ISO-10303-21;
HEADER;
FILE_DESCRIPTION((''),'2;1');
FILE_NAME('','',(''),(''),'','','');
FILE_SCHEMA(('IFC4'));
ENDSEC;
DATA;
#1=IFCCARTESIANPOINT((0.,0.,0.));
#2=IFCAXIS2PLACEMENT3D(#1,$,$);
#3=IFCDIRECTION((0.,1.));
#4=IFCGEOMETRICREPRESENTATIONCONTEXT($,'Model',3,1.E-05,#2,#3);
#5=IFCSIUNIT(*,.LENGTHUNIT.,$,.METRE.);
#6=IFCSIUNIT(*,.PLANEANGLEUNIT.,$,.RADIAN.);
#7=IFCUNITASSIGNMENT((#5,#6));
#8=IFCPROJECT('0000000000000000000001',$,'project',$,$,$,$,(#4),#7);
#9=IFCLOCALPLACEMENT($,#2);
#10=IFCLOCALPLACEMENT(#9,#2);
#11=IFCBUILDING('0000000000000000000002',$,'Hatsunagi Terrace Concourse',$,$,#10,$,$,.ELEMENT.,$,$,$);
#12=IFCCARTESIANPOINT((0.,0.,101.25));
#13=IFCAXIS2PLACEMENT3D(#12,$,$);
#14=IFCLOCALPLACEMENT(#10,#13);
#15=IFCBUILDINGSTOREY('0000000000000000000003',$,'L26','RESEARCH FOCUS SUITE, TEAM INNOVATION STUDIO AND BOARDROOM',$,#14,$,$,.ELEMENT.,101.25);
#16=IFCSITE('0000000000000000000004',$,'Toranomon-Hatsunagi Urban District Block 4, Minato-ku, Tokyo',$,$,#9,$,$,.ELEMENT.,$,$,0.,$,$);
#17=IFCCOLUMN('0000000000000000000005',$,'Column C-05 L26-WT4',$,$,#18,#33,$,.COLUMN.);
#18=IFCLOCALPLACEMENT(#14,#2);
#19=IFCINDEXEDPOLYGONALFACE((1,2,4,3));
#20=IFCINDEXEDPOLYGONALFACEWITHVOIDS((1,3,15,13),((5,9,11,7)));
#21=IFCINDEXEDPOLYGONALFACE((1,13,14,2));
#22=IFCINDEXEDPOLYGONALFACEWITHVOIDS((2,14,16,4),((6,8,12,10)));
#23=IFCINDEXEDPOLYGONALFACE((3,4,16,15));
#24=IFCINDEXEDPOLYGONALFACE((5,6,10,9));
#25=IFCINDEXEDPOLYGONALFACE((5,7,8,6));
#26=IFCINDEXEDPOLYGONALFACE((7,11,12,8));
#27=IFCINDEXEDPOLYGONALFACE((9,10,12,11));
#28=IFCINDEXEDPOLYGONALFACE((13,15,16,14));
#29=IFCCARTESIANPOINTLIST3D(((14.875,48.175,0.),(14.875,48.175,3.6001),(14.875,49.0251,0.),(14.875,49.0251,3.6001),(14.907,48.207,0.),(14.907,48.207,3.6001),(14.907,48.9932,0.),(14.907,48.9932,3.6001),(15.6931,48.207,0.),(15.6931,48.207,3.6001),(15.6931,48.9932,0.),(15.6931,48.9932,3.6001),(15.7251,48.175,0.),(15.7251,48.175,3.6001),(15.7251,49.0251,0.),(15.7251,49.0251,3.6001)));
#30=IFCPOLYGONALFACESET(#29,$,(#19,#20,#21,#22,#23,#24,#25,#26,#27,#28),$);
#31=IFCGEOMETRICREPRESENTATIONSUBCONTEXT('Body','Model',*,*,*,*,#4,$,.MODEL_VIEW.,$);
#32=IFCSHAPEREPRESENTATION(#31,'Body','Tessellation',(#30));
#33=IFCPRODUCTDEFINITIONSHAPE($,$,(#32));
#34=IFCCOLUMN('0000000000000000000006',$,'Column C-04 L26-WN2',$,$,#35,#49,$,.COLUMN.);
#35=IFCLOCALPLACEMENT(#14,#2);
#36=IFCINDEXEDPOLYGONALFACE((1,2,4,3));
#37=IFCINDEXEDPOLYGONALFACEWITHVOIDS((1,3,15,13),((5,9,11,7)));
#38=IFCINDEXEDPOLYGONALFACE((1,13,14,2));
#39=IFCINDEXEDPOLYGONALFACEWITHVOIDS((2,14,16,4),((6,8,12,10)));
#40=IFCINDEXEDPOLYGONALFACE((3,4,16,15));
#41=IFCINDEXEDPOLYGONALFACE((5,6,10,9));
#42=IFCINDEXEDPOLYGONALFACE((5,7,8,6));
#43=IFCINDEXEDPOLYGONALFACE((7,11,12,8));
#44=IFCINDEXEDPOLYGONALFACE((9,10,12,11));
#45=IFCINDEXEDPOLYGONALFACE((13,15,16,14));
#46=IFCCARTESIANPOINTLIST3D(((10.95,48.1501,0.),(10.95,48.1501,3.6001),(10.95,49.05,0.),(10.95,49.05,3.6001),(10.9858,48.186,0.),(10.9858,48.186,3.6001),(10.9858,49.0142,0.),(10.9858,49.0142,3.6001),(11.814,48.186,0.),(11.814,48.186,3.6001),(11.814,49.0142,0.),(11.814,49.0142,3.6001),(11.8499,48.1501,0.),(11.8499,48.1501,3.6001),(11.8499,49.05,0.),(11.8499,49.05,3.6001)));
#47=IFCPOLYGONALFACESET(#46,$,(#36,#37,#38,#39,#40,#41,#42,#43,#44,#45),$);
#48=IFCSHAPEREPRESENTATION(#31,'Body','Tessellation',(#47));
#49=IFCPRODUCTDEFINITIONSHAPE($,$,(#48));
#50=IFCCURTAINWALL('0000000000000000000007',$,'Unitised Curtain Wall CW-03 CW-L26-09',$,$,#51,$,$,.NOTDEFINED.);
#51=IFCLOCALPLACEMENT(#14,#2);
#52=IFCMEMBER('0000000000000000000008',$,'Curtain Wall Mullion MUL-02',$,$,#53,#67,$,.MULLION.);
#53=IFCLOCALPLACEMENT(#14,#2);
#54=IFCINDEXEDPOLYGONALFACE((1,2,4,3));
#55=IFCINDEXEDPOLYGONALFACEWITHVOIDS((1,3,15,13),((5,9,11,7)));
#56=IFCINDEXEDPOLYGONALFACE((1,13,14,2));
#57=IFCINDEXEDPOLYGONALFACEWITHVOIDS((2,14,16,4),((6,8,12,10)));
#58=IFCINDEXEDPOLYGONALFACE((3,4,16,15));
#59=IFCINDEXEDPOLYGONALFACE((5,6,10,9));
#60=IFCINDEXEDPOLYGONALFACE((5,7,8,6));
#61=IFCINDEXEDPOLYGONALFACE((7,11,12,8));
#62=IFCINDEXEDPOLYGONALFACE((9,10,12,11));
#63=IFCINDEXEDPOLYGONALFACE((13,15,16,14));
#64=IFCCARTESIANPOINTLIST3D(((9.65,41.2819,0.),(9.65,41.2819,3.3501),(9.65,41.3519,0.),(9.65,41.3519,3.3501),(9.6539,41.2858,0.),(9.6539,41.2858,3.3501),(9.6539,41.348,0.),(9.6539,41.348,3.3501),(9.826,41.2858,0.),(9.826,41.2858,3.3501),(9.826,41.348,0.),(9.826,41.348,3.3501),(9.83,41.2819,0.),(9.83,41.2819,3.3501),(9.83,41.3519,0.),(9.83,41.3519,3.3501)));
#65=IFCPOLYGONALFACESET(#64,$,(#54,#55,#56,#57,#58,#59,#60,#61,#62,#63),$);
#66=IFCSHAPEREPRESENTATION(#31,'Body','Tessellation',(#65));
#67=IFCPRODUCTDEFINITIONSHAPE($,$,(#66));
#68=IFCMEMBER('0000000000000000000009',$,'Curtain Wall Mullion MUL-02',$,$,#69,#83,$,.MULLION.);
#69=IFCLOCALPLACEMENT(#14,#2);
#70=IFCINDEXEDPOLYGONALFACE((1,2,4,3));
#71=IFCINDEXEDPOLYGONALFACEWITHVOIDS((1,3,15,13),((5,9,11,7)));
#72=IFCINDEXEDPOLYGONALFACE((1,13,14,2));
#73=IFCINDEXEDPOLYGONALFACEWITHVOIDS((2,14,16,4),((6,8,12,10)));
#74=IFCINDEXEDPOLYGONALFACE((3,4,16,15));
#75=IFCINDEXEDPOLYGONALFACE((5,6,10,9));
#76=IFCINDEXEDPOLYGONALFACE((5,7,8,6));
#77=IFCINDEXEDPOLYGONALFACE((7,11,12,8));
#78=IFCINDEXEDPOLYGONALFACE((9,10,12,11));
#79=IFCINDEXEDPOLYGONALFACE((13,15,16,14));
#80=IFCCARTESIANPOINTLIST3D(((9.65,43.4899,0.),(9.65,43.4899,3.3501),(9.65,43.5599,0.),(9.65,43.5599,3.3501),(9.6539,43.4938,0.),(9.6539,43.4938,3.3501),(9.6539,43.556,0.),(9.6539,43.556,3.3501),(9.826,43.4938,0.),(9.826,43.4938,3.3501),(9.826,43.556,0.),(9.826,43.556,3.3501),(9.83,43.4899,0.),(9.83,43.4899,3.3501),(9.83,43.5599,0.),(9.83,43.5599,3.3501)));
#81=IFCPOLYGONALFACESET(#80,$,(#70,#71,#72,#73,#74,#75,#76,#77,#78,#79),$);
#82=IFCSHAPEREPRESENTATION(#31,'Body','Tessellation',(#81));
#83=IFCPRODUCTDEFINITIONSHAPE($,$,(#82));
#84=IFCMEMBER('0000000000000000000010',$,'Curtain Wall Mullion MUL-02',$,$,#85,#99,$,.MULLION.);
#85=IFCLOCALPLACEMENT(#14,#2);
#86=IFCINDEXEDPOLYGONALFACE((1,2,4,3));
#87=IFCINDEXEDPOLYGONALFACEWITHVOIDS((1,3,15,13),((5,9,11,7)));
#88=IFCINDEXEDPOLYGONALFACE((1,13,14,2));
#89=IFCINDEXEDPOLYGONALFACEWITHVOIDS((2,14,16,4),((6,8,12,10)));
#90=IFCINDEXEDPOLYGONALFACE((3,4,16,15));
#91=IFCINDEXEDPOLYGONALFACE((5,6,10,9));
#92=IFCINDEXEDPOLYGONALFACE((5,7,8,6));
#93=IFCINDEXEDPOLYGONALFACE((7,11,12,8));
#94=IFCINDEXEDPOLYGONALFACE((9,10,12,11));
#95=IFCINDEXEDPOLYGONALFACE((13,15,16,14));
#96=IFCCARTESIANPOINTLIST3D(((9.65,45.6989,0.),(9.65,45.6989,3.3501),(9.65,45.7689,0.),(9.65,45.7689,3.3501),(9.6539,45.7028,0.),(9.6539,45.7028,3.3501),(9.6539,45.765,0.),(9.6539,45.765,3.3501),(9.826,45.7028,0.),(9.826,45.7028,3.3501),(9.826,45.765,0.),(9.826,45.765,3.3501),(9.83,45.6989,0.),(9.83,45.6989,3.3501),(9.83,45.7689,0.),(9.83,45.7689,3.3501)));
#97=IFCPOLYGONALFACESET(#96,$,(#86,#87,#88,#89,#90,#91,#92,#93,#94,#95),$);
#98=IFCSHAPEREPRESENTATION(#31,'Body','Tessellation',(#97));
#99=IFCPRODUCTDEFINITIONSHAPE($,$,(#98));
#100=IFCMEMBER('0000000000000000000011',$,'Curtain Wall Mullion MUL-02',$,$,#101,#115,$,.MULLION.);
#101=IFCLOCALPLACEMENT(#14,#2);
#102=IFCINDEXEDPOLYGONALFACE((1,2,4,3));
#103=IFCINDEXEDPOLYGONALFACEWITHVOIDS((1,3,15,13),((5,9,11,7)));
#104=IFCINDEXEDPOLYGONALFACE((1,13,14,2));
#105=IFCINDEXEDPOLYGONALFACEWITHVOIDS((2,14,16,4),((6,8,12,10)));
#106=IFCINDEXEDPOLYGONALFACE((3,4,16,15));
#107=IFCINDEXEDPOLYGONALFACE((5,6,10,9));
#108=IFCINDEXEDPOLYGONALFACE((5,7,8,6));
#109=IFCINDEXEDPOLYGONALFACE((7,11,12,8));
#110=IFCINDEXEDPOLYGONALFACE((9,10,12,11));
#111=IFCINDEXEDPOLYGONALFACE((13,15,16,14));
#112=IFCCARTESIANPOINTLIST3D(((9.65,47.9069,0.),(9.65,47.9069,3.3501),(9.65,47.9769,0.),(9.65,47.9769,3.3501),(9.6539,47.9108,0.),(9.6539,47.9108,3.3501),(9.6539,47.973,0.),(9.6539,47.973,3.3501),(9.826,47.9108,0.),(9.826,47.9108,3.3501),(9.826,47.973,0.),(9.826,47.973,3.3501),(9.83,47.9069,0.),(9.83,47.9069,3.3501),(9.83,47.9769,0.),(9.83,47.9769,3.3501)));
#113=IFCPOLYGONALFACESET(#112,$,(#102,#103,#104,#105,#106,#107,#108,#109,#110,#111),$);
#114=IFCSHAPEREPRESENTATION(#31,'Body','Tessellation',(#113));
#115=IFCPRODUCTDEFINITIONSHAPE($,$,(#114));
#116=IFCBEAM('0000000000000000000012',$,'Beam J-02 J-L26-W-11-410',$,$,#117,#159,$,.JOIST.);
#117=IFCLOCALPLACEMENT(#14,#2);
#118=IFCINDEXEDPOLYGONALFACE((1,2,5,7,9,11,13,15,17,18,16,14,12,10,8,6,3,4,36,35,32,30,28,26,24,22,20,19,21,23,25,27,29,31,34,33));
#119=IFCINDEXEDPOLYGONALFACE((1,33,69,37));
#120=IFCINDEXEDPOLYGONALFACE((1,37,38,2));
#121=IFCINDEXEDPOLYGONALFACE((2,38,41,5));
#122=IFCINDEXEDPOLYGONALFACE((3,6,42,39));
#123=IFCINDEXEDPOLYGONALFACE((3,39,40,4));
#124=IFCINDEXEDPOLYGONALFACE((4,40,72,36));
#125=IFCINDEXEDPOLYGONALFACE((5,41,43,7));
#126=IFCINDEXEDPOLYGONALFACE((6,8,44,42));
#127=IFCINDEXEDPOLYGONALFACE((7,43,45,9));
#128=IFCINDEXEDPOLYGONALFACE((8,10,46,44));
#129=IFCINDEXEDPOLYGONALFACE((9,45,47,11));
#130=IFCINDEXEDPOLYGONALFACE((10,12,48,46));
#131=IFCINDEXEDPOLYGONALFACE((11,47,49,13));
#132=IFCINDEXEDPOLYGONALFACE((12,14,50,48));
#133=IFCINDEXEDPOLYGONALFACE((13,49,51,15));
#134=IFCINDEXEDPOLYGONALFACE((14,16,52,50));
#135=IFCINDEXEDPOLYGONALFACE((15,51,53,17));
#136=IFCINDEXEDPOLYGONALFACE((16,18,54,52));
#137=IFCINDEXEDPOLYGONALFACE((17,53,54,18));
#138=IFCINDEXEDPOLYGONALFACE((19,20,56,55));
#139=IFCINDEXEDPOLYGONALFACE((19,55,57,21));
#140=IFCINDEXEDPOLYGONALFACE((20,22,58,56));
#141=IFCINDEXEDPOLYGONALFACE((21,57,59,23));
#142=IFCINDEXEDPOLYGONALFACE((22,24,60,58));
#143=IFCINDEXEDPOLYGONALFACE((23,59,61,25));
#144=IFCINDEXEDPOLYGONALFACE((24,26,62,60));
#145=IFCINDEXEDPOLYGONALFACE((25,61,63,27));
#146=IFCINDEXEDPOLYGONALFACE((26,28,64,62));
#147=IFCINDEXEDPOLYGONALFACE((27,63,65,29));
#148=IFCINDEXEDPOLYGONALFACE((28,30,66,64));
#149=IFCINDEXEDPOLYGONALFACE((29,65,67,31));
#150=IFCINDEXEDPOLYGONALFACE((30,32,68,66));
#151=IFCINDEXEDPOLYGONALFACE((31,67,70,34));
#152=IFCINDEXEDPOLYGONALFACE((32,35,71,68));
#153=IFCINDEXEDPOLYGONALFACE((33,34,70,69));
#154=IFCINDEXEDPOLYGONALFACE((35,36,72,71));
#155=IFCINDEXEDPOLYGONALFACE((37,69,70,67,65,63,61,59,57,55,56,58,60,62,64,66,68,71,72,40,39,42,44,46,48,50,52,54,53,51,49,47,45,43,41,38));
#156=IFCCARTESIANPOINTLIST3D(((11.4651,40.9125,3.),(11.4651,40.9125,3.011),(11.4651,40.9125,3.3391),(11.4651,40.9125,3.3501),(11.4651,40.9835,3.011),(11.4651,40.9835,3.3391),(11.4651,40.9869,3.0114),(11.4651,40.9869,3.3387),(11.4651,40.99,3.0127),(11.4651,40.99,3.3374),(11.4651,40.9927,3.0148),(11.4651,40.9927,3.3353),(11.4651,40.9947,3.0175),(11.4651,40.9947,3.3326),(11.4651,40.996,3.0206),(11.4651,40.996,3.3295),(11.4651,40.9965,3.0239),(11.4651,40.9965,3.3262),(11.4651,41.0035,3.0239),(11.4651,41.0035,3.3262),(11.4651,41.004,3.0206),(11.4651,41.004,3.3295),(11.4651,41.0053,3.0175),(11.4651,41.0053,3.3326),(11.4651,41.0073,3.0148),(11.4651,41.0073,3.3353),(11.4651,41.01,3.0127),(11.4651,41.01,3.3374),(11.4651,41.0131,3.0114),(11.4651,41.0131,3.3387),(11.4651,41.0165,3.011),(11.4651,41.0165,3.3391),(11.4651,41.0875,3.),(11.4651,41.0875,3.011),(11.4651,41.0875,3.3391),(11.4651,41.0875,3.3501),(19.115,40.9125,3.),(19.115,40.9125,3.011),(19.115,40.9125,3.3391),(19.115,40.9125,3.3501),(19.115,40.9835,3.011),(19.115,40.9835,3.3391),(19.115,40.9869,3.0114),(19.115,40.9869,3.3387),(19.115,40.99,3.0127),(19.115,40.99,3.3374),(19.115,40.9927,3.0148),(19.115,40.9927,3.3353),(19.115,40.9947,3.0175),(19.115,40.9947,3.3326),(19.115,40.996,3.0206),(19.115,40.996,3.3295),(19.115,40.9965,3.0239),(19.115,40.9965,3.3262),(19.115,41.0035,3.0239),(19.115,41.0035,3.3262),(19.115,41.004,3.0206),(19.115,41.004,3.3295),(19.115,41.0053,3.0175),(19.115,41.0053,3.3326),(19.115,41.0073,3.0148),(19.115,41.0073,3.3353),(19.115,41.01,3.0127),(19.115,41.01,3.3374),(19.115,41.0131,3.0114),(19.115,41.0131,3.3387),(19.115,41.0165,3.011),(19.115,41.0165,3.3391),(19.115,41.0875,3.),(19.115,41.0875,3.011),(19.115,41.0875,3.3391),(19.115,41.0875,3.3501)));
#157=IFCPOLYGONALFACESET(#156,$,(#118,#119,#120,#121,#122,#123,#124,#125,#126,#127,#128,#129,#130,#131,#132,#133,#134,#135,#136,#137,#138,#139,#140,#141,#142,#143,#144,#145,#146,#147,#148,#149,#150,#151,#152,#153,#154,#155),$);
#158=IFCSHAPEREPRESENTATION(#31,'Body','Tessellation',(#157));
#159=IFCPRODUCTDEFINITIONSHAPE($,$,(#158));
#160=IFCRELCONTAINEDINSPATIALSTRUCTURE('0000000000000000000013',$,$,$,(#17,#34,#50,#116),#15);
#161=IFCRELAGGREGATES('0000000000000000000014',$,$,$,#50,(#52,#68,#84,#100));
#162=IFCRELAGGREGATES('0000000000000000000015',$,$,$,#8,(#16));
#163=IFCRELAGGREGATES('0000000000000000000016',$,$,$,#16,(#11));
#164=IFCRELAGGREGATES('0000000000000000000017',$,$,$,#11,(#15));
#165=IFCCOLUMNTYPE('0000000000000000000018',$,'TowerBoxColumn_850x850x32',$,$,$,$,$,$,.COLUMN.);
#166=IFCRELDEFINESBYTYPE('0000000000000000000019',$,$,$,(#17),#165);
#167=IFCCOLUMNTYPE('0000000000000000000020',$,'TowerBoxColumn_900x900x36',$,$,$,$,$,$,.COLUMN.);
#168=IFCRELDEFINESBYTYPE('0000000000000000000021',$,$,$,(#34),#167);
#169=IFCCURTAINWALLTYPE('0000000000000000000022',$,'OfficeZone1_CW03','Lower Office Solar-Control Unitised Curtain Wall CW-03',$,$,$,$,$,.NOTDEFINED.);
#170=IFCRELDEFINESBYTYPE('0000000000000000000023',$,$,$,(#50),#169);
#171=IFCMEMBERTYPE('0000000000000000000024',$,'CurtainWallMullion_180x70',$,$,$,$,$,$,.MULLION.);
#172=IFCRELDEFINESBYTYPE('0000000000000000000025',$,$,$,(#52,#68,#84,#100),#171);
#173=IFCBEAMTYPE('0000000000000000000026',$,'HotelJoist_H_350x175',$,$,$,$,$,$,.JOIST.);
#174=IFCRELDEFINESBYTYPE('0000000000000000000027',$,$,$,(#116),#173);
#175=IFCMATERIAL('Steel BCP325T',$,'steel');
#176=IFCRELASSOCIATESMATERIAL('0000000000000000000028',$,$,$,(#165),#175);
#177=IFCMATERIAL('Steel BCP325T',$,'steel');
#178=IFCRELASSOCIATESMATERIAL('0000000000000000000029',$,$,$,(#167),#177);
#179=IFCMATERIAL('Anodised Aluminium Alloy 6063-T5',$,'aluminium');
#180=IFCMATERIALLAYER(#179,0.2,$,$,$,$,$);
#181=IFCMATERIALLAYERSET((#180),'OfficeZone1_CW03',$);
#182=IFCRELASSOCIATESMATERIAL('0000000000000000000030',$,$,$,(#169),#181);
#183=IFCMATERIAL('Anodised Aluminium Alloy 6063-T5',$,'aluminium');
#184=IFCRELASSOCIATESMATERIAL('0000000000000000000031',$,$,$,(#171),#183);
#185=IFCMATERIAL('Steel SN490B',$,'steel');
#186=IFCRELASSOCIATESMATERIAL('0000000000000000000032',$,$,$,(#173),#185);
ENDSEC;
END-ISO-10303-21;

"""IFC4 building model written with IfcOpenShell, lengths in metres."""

from ifc_helpers import new_model, si_unit, direction, frame, origin, origin_2d, place, context, subcontext, project, spatial, hollow_rectangle, i_section, extrude, material, layer, layer_set, material_profile, profile_set, type_object, element, aggregate, save


model = new_model("IFC4")

# Units and contexts
model_context = context("Model", 3, precision=1e-05, world=origin(), true_north=direction((0.0, 1.0)))
body_context = subcontext(model_context, "Body", "Model", "MODEL_VIEW")
ifc_project = project(units=[si_unit("LENGTHUNIT", "METRE"), si_unit("PLANEANGLEUNIT", "RADIAN")], contexts=[model_context])

# Site, building, storey
site_placement = place(None, origin())
site = spatial("IfcSite", under=ifc_project, at=site_placement, Name="Toranomon-Hatsunagi Urban District Block 4, Minato-ku, Tokyo", CompositionType="ELEMENT", RefElevation=0.0)
building_placement = place(site_placement, origin())
building = spatial("IfcBuilding", under=site, at=building_placement, Name="Hatsunagi Terrace Concourse", CompositionType="ELEMENT")
storey_placement = place(building_placement, frame((0.0, 0.0, 101.25)))
storey = spatial("IfcBuildingStorey", under=building, at=storey_placement, Name="L26", Description="RESEARCH FOCUS SUITE, TEAM INNOVATION STUDIO AND BOARDROOM", CompositionType="ELEMENT", Elevation=101.25)

# Columns
ifc_material_1 = material(Name="Steel BCP325T", Category="steel")
ifc_material_profile_1 = material_profile(ifc_material_1, hollow_rectangle(XDim=0.8501, YDim=0.8501, WallThickness=0.032, at=origin_2d()), Name="BCP-850x850x32")
ifc_profile_set_1 = profile_set([ifc_material_profile_1], Name="Steel BCP325T")
column_type_1 = type_object("IfcColumnType", Name="TowerBoxColumn_850x850x32", PredefinedType="COLUMN", material=ifc_profile_set_1)
column_1_placement = place(storey_placement, frame((15.3, 48.6001, 0.0), z_axis=(0.0, 0.0, 1.0), x_axis=(1.0, 0.0, 0.0)))
element("IfcColumn", 1, at=column_1_placement, inside=storey, type_object=column_type_1, Name="Column C-05 L26-WT4", PredefinedType="COLUMN", context=body_context, shape_type="SweptSolid", body=[
    extrude(hollow_rectangle(XDim=0.8501, YDim=0.8501, WallThickness=0.032, at=origin_2d()), origin(), (0.0, 0.0, 1.0), 3.6001),
])
ifc_material_2 = material(Name="Steel BCP325T", Category="steel")
ifc_material_profile_2 = material_profile(ifc_material_2, hollow_rectangle(XDim=0.8999, YDim=0.8999, WallThickness=0.0359, at=origin_2d()), Name="BCP-900x900x36")
ifc_profile_set_2 = profile_set([ifc_material_profile_2], Name="Steel BCP325T")
column_type_2 = type_object("IfcColumnType", Name="TowerBoxColumn_900x900x36", PredefinedType="COLUMN", material=ifc_profile_set_2)
column_2_placement = place(storey_placement, frame((11.3999, 48.6001, 0.0), z_axis=(0.0, 0.0, 1.0), x_axis=(1.0, 0.0, 0.0)))
element("IfcColumn", 2, at=column_2_placement, inside=storey, type_object=column_type_2, Name="Column C-04 L26-WN2", PredefinedType="COLUMN", context=body_context, shape_type="SweptSolid", body=[
    extrude(hollow_rectangle(XDim=0.8999, YDim=0.8999, WallThickness=0.0359, at=origin_2d()), origin(), (0.0, 0.0, 1.0), 3.6001),
])

# Curtain wall, members
ifc_material_3 = material(Name="Anodised Aluminium Alloy 6063-T5", Category="aluminium")
ifc_layer_1 = layer(ifc_material_3, 0.2)
ifc_layer_set_1 = layer_set([ifc_layer_1], Name="OfficeZone1_CW03")
curtain_wall_type = type_object("IfcCurtainWallType", Name="OfficeZone1_CW03", Description="Lower Office Solar-Control Unitised Curtain Wall CW-03", PredefinedType="NOTDEFINED", material=ifc_layer_set_1)
curtain_wall_placement = place(storey_placement, origin())
curtain_wall = element("IfcCurtainWall", 3, at=curtain_wall_placement, inside=storey, type_object=curtain_wall_type, Name="Unitised Curtain Wall CW-03 CW-L26-09", PredefinedType="NOTDEFINED")
ifc_material_4 = material(Name="Anodised Aluminium Alloy 6063-T5", Category="aluminium")
ifc_material_profile_3 = material_profile(ifc_material_4, hollow_rectangle(XDim=0.0701, YDim=0.1799, WallThickness=0.0039, at=origin_2d()), Name="ALU-MUL-180x70x4")
ifc_profile_set_3 = profile_set([ifc_material_profile_3], Name="Anodised Aluminium Alloy 6063-T5")
member_type = type_object("IfcMemberType", Name="CurtainWallMullion_180x70", PredefinedType="MULLION", material=ifc_profile_set_3)
member_1_placement = place(storey_placement, frame((9.74, 41.3169, 0.0), z_axis=(0.0, 0.0, 1.0), x_axis=(0.0, 1.0, 0.0)))
member_1 = element("IfcMember", 4, at=member_1_placement, type_object=member_type, Name="Curtain Wall Mullion MUL-02", PredefinedType="MULLION", context=body_context, shape_type="SweptSolid", body=[
    extrude(hollow_rectangle(XDim=0.0701, YDim=0.1799, WallThickness=0.0039, at=origin_2d()), origin(), (0.0, 0.0, 1.0), 3.3501),
])
member_2_placement = place(storey_placement, frame((9.74, 43.5249, 0.0), z_axis=(0.0, 0.0, 1.0), x_axis=(0.0, 1.0, 0.0)))
member_2 = element("IfcMember", 5, at=member_2_placement, type_object=member_type, Name="Curtain Wall Mullion MUL-02", PredefinedType="MULLION", context=body_context, shape_type="SweptSolid", body=[
    extrude(hollow_rectangle(XDim=0.0701, YDim=0.1799, WallThickness=0.0039, at=origin_2d()), origin(), (0.0, 0.0, 1.0), 3.3501),
])
member_3_placement = place(storey_placement, frame((9.74, 45.7339, 0.0), z_axis=(0.0, 0.0, 1.0), x_axis=(0.0, 1.0, 0.0)))
member_3 = element("IfcMember", 6, at=member_3_placement, type_object=member_type, Name="Curtain Wall Mullion MUL-02", PredefinedType="MULLION", context=body_context, shape_type="SweptSolid", body=[
    extrude(hollow_rectangle(XDim=0.0701, YDim=0.1799, WallThickness=0.0039, at=origin_2d()), origin(), (0.0, 0.0, 1.0), 3.3501),
])
member_4_placement = place(storey_placement, frame((9.74, 47.9419, 0.0), z_axis=(0.0, 0.0, 1.0), x_axis=(0.0, 1.0, 0.0)))
member_4 = element("IfcMember", 7, at=member_4_placement, type_object=member_type, Name="Curtain Wall Mullion MUL-02", PredefinedType="MULLION", context=body_context, shape_type="SweptSolid", body=[
    extrude(hollow_rectangle(XDim=0.0701, YDim=0.1799, WallThickness=0.0039, at=origin_2d()), origin(), (0.0, 0.0, 1.0), 3.3501),
])

# Beam
ifc_material_5 = material(Name="Steel SN490B", Category="steel")
ifc_material_profile_4 = material_profile(ifc_material_5, i_section(OverallWidth=0.175, OverallDepth=0.3501, WebThickness=0.0071, FlangeThickness=0.011, FilletRadius=0.0129, at=origin_2d()), Name="H-350x175x7x11")
ifc_profile_set_4 = profile_set([ifc_material_profile_4], Name="Steel SN490B")
beam_type_1 = type_object("IfcBeamType", Name="HotelJoist_H_350x175", PredefinedType="JOIST", material=ifc_profile_set_4)
for number, where, z_axis, x_axis, name in (
    (8, (11.4651, 41.0, 3.175), (1.0, 0.0, 0.0), (0.0, 1.0, 0.0), "Beam J-02 J-L26-W-11-410"),
):
    element("IfcBeam", number, at=place(storey_placement, frame(where, z_axis=z_axis, x_axis=x_axis)), inside=storey, type_object=beam_type_1, Name=name, PredefinedType="JOIST", context=body_context, shape_type="SweptSolid", body=[
        extrude(i_section(OverallWidth=0.175, OverallDepth=0.3501, WebThickness=0.0071, FlangeThickness=0.011, FilletRadius=0.0129, at=origin_2d()), origin(), (0.0, 0.0, 1.0), 7.6499),
    ])

aggregate(curtain_wall, [member_1, member_2, member_3, member_4])

save(model, "model.ifc")
